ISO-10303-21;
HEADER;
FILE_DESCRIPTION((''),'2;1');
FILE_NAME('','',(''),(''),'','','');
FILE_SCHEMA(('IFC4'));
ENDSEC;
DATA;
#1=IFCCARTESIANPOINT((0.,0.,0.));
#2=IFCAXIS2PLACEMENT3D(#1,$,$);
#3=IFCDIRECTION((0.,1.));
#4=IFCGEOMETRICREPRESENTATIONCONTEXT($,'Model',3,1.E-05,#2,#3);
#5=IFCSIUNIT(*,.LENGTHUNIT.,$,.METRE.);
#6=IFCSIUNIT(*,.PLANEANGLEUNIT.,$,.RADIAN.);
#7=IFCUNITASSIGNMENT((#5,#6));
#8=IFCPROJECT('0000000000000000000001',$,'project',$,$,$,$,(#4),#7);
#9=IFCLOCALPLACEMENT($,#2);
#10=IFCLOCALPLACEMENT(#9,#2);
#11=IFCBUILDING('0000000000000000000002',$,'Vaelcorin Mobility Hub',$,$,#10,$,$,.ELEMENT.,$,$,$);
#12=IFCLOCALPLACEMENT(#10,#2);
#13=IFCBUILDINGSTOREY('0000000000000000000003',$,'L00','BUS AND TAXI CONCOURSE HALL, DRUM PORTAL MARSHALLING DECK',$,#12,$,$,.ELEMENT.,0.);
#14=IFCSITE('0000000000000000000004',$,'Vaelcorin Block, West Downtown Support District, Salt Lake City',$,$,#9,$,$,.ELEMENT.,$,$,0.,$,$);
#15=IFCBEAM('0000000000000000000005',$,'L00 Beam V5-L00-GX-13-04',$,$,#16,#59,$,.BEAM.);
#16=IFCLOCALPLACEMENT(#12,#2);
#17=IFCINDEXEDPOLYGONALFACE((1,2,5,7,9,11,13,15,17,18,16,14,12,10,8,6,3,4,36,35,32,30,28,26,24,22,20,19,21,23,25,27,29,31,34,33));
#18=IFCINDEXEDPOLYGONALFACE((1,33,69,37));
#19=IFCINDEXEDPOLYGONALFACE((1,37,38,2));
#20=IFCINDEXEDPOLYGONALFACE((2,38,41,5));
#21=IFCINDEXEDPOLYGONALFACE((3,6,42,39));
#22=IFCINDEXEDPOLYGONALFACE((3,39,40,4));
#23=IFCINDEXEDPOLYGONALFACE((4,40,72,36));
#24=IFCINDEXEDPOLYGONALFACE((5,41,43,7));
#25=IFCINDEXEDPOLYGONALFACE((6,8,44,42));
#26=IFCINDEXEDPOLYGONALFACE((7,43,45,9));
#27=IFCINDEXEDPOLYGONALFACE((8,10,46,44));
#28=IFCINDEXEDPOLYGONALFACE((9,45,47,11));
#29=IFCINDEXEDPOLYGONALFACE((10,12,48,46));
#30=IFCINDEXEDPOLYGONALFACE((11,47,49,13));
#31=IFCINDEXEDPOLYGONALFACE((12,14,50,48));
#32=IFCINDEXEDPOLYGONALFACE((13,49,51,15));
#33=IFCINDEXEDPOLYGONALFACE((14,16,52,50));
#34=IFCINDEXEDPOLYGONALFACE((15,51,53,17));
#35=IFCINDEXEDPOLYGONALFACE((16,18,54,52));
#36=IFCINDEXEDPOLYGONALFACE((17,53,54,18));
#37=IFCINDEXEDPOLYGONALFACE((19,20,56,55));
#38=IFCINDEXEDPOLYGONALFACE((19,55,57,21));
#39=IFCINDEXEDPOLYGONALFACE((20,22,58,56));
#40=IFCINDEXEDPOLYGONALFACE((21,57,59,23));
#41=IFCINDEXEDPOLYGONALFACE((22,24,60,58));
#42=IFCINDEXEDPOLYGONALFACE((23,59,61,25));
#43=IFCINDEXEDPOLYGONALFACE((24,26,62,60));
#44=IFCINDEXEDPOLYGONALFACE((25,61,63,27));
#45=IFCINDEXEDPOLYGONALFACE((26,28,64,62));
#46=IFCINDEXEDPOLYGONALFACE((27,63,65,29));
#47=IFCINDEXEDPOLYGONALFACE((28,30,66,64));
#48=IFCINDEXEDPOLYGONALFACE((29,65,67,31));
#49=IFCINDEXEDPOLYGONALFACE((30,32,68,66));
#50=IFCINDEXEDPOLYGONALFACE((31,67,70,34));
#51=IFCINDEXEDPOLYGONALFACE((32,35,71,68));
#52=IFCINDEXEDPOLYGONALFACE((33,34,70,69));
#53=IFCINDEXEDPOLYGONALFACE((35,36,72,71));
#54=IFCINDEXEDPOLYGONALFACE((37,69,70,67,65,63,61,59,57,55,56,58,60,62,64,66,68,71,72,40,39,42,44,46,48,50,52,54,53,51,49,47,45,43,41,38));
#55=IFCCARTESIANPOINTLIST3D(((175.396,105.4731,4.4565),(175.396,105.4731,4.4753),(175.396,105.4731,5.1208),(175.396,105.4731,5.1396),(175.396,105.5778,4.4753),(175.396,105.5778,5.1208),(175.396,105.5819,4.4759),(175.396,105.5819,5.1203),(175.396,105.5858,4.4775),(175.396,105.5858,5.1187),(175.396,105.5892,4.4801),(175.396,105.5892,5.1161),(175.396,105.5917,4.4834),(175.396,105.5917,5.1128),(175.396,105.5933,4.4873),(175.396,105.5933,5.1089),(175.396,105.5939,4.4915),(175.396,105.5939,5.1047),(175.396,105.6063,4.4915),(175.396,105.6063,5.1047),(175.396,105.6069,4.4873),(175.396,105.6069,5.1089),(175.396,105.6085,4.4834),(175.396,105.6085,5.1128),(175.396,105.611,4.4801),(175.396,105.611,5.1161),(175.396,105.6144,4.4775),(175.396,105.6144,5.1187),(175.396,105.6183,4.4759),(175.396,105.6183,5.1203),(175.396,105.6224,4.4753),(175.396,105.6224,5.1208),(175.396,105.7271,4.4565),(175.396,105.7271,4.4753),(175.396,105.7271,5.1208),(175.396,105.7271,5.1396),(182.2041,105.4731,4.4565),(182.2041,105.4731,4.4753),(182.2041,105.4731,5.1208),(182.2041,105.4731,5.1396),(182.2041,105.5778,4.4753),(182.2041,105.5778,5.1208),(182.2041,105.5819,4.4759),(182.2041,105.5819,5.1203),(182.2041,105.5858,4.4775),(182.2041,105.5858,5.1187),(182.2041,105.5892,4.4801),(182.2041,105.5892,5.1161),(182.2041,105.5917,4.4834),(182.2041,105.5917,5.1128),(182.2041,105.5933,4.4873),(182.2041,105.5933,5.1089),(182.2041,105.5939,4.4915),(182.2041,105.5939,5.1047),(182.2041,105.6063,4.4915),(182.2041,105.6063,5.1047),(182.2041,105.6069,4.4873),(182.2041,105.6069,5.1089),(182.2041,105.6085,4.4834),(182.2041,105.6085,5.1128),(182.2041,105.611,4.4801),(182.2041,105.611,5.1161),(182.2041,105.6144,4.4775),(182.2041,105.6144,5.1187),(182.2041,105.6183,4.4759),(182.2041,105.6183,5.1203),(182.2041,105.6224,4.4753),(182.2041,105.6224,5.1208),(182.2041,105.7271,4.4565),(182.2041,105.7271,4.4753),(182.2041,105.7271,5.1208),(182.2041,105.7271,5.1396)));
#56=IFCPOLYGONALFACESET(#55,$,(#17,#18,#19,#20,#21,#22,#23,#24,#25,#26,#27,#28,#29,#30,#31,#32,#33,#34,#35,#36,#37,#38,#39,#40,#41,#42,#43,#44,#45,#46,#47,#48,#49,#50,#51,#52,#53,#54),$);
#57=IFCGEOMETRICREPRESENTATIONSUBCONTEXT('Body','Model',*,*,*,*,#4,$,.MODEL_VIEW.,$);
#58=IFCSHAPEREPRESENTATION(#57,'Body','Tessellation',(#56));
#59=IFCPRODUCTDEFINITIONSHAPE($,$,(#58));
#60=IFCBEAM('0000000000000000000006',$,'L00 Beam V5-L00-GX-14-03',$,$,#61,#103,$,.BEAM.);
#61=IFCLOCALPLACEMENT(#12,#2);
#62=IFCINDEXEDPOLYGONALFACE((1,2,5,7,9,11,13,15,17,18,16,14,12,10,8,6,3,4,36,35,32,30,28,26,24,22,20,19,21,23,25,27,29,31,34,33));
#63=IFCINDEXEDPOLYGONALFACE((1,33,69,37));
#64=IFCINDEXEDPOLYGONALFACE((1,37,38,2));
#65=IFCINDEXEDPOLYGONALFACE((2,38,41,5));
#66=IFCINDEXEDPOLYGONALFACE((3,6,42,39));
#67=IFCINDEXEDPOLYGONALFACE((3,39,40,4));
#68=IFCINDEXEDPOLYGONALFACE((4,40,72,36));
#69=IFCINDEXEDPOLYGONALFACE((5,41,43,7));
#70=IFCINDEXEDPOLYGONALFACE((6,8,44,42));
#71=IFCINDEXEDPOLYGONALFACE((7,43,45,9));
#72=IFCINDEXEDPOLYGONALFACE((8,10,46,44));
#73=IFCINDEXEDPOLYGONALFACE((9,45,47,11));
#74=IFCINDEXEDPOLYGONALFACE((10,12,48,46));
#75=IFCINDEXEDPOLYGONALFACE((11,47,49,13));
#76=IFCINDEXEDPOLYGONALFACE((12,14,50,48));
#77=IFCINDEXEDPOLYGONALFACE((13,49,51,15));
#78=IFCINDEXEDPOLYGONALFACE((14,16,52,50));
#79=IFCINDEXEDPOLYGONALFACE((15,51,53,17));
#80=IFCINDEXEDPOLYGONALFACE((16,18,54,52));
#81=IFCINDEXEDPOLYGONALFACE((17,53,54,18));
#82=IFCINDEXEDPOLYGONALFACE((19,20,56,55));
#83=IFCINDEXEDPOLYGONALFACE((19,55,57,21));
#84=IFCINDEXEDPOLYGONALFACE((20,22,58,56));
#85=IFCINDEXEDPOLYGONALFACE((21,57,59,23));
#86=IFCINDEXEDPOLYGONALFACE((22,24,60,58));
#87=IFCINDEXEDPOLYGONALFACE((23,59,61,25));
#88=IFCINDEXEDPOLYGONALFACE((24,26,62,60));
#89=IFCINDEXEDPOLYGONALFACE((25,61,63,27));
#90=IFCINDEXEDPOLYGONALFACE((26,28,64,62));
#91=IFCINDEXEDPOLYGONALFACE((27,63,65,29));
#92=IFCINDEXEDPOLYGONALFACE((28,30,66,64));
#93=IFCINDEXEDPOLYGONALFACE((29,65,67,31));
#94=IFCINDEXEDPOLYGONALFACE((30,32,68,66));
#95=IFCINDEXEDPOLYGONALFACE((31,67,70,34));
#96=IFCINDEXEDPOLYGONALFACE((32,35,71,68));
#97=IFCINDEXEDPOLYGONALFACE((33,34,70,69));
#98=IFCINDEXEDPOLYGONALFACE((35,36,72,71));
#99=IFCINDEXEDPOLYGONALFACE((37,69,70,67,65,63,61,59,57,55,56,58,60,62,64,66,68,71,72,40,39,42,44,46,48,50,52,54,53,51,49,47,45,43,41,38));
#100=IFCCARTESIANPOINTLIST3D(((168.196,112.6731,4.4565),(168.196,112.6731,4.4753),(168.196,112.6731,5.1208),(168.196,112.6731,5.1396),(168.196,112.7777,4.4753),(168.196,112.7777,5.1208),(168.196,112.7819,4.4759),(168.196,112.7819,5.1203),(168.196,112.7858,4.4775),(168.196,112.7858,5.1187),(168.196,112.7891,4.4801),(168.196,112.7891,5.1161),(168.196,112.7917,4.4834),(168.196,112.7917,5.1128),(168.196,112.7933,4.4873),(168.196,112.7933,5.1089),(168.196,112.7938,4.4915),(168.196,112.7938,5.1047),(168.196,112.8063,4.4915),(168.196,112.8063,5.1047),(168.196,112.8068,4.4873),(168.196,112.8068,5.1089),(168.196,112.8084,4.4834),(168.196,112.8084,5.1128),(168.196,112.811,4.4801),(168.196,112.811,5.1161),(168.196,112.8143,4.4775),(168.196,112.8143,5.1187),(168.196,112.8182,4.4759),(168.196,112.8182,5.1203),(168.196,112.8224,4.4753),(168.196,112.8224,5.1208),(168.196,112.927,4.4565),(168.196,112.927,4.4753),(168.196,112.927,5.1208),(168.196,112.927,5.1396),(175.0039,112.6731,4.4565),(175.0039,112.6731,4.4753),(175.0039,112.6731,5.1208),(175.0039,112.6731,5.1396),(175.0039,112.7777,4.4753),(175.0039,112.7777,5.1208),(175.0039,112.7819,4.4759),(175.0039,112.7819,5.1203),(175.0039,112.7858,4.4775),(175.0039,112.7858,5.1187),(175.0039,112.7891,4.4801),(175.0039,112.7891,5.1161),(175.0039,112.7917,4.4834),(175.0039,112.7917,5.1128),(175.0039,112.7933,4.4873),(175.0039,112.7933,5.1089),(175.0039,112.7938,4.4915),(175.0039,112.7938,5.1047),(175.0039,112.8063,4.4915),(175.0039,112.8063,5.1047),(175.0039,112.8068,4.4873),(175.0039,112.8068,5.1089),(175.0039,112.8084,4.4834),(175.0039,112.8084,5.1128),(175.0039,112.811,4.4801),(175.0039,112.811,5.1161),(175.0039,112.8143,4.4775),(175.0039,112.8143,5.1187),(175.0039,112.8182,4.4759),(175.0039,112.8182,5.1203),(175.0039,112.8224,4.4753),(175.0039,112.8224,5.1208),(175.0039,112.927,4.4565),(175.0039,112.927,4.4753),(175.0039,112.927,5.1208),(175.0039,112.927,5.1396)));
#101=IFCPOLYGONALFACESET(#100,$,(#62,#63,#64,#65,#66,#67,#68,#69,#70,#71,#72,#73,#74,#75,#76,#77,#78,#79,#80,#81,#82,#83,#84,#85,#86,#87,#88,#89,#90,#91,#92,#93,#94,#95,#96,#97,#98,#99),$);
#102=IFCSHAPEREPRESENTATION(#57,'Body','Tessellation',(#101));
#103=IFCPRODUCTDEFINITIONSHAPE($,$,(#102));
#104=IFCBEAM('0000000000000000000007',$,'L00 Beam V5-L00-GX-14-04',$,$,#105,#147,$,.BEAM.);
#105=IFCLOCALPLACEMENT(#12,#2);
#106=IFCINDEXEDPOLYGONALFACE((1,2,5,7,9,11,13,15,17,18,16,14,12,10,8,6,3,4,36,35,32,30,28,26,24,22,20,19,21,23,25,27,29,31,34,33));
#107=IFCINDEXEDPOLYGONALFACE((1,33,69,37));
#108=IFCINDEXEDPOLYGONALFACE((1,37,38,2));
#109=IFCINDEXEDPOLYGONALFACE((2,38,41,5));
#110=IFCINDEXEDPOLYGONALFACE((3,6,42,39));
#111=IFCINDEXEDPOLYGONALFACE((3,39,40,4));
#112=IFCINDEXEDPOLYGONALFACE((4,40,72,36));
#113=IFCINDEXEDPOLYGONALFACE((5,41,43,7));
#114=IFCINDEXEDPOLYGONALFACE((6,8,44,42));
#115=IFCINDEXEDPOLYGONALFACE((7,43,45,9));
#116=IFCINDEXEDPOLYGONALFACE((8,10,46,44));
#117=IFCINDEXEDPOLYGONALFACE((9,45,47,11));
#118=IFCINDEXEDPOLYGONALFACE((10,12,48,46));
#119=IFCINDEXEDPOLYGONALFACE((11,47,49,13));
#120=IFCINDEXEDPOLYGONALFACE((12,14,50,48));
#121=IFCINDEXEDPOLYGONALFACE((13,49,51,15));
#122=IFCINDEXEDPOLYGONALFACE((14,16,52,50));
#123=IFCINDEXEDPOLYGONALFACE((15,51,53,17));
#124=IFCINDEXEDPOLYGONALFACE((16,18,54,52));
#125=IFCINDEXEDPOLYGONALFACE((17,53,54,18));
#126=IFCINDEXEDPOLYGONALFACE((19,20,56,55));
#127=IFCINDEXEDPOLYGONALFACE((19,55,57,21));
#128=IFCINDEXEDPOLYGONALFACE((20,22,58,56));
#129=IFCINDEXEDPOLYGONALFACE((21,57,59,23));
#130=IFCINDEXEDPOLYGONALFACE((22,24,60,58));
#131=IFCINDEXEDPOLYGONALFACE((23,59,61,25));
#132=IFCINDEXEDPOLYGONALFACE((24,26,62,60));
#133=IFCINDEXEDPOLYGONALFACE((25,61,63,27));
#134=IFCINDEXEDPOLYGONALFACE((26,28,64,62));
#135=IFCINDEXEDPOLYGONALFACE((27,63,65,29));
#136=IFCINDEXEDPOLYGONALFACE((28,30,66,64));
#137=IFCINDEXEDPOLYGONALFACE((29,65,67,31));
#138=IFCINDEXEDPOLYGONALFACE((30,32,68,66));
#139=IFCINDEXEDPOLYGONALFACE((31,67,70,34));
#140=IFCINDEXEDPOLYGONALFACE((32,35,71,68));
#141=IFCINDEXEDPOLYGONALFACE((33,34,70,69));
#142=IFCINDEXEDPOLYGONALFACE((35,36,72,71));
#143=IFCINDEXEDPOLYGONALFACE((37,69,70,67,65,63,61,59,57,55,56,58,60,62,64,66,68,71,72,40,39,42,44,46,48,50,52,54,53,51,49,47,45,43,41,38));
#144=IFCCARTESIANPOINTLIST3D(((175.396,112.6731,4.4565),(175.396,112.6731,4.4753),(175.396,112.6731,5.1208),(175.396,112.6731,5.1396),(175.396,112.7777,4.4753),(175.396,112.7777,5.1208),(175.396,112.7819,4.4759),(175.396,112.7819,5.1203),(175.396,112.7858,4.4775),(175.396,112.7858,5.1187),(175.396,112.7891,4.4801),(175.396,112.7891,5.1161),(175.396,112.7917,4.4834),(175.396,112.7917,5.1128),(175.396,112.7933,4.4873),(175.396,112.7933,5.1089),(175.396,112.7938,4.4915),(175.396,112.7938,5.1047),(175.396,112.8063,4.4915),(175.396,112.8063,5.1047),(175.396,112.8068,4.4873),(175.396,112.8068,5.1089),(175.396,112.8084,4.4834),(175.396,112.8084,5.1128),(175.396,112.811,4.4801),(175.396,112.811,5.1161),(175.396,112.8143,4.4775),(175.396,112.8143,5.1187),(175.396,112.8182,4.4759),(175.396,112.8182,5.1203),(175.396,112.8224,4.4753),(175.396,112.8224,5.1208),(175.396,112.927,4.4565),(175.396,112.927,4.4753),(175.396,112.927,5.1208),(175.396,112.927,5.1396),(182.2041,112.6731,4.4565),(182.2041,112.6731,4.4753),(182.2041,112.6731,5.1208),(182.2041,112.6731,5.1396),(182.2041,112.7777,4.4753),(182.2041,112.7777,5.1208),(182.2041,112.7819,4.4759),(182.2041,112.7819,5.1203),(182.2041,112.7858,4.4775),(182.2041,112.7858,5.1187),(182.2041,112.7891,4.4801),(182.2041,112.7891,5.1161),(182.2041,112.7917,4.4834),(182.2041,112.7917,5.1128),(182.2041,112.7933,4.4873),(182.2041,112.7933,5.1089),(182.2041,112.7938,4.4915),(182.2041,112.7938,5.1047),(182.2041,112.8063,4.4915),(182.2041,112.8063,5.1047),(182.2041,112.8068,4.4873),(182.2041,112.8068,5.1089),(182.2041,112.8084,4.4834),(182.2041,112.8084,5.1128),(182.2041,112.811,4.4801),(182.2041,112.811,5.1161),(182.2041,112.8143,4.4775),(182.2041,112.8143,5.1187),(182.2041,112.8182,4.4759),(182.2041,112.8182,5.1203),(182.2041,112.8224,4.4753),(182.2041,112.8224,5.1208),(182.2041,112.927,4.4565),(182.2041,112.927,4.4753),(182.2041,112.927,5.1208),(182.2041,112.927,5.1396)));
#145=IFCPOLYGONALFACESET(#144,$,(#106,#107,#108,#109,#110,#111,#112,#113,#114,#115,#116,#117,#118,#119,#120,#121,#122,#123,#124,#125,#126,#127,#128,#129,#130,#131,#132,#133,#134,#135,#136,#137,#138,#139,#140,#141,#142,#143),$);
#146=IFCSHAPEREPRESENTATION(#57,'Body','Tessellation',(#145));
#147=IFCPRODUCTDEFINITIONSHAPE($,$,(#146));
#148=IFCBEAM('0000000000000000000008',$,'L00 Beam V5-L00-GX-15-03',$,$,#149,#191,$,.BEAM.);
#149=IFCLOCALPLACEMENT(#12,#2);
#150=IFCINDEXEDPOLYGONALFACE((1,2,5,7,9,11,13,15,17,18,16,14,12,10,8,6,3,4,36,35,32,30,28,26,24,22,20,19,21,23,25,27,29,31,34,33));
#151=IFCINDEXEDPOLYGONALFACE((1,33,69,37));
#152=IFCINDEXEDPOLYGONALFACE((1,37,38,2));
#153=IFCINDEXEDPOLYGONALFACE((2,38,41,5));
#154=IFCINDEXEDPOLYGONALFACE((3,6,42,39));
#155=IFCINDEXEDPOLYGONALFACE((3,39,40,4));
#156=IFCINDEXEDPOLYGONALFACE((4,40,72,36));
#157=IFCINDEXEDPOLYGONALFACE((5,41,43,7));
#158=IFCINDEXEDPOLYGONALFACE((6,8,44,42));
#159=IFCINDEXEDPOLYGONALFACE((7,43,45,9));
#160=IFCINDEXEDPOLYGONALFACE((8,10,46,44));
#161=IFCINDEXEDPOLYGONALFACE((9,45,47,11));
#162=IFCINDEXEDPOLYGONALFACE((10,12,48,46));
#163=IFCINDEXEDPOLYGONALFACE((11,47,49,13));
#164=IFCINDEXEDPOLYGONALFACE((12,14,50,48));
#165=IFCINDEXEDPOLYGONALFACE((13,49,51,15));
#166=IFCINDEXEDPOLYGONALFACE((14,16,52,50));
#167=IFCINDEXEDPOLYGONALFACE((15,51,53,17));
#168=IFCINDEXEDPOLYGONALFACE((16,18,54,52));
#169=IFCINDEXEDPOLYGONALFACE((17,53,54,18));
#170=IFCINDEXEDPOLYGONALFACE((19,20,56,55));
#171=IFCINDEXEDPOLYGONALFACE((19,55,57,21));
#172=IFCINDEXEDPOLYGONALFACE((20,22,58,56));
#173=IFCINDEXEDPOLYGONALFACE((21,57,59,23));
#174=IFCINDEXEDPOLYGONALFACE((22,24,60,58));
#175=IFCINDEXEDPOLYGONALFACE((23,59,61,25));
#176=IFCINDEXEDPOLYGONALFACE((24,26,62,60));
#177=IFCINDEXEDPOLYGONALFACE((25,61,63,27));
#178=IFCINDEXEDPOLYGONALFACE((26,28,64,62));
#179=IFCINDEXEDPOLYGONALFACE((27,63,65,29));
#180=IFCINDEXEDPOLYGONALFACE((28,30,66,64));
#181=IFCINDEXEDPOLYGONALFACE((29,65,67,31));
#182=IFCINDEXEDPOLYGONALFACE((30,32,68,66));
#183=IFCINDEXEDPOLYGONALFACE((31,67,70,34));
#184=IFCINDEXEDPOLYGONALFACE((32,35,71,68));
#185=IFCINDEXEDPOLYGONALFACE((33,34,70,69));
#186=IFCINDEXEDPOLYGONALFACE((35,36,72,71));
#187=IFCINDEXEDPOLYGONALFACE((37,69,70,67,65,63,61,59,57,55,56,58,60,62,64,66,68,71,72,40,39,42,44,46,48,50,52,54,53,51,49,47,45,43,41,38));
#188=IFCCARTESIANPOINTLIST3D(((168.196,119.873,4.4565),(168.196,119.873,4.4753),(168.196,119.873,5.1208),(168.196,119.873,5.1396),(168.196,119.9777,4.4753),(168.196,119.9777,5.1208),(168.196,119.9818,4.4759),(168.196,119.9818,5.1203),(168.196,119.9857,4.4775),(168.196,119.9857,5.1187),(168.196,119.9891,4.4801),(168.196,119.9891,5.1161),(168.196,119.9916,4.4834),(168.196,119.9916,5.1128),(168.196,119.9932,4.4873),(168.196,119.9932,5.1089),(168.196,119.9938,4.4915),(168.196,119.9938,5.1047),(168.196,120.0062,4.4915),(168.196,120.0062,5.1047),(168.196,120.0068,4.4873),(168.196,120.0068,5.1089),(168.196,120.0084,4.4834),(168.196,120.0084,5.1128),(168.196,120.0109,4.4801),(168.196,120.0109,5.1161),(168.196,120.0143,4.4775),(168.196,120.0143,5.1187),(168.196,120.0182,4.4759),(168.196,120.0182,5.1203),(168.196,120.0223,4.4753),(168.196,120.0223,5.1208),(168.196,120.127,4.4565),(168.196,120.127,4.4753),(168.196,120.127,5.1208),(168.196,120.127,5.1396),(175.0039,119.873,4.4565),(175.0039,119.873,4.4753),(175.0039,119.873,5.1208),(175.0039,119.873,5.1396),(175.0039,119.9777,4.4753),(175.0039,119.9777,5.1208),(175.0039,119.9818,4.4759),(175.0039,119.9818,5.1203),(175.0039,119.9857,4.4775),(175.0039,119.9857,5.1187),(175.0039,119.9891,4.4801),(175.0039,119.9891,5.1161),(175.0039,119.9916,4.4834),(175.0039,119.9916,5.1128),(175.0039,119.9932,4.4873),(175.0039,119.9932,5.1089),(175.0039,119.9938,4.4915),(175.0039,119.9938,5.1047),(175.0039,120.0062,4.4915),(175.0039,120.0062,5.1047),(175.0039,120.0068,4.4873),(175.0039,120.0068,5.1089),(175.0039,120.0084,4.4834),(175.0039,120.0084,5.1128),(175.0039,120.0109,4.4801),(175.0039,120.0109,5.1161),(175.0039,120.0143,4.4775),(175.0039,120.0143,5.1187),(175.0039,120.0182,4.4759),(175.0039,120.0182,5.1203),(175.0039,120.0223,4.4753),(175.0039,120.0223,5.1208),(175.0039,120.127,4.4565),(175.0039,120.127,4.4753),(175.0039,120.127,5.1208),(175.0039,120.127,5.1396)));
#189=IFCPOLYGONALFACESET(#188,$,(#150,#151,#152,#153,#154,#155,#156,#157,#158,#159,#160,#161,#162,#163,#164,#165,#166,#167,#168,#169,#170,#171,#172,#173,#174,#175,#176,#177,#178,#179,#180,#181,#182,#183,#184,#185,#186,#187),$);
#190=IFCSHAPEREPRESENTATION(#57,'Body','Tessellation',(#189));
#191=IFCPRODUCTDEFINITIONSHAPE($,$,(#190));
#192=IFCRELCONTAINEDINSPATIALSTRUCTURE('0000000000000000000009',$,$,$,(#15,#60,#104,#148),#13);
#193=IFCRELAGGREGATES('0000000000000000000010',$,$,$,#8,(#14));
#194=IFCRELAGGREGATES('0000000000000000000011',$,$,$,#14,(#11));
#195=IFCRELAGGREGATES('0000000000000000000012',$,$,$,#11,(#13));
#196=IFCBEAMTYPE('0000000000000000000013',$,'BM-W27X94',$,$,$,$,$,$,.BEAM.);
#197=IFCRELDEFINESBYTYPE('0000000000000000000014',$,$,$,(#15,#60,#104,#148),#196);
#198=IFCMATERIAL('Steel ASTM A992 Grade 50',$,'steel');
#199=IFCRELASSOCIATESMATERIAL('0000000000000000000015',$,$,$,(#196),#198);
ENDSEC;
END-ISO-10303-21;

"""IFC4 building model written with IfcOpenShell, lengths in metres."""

from ifc_helpers import new_model, si_unit, direction, frame, origin, origin_2d, place, context, subcontext, project, spatial, i_section, extrude, material, material_profile, profile_set, type_object, element, save


model = new_model("IFC4")

# Units and contexts
model_context = context("Model", 3, precision=1e-05, world=origin(), true_north=direction((0.0, 1.0)))
body_context = subcontext(model_context, "Body", "Model", "MODEL_VIEW")
ifc_project = project(units=[si_unit("LENGTHUNIT", "METRE"), si_unit("PLANEANGLEUNIT", "RADIAN")], contexts=[model_context])

# Site, building, storey
site_placement = place(None, origin())
site = spatial("IfcSite", under=ifc_project, at=site_placement, Name="Vaelcorin Block, West Downtown Support District, Salt Lake City", CompositionType="ELEMENT", RefElevation=0.0)
building_placement = place(site_placement, origin())
building = spatial("IfcBuilding", under=site, at=building_placement, Name="Vaelcorin Mobility Hub", CompositionType="ELEMENT")
storey_placement = place(building_placement, origin())
storey = spatial("IfcBuildingStorey", under=building, at=storey_placement, Name="L00", Description="BUS AND TAXI CONCOURSE HALL, DRUM PORTAL MARSHALLING DECK", CompositionType="ELEMENT", Elevation=0.0)

# Shared definitions
ifc_material_1 = material(Name="Steel ASTM A992 Grade 50", Category="steel")

# Beams
ifc_material_profile_1 = material_profile(ifc_material_1, i_section(OverallWidth=0.2539, OverallDepth=0.6831, WebThickness=0.0125, FlangeThickness=0.0188, FilletRadius=0.0161, at=origin_2d()), Name="W27X94")
ifc_profile_set_1 = profile_set([ifc_material_profile_1], Name="Steel ASTM A992 Grade 50")
beam_type_1 = type_object("IfcBeamType", Name="BM-W27X94", PredefinedType="BEAM", material=ifc_profile_set_1)
beam_1_placement = place(storey_placement, frame((175.396, 105.6001, 4.7981), z_axis=(1.0, 0.0, 0.0), x_axis=(0.0, 1.0, 0.0)))
element("IfcBeam", 1, at=beam_1_placement, inside=storey, type_object=beam_type_1, Name="L00 Beam V5-L00-GX-13-04", PredefinedType="BEAM", context=body_context, shape_type="SweptSolid", body=[
    extrude(i_section(OverallWidth=0.2539, OverallDepth=0.6831, WebThickness=0.0125, FlangeThickness=0.0188, FilletRadius=0.0161, at=origin_2d()), origin(), (0.0, 0.0, 1.0), 6.8081),
])
beam_2_placement = place(storey_placement, frame((168.196, 112.8, 4.7981), z_axis=(1.0, 0.0, 0.0), x_axis=(0.0, 1.0, 0.0)))
element("IfcBeam", 2, at=beam_2_placement, inside=storey, type_object=beam_type_1, Name="L00 Beam V5-L00-GX-14-03", PredefinedType="BEAM", context=body_context, shape_type="SweptSolid", body=[
    extrude(i_section(OverallWidth=0.2539, OverallDepth=0.6831, WebThickness=0.0125, FlangeThickness=0.0188, FilletRadius=0.0161, at=origin_2d()), origin(), (0.0, 0.0, 1.0), 6.8079),
])
beam_3_placement = place(storey_placement, frame((175.396, 112.8, 4.7981), z_axis=(1.0, 0.0, 0.0), x_axis=(0.0, 1.0, 0.0)))
element("IfcBeam", 3, at=beam_3_placement, inside=storey, type_object=beam_type_1, Name="L00 Beam V5-L00-GX-14-04", PredefinedType="BEAM", context=body_context, shape_type="SweptSolid", body=[
    extrude(i_section(OverallWidth=0.2539, OverallDepth=0.6831, WebThickness=0.0125, FlangeThickness=0.0188, FilletRadius=0.0161, at=origin_2d()), origin(), (0.0, 0.0, 1.0), 6.8081),
])
beam_4_placement = place(storey_placement, frame((168.196, 120.0, 4.7981), z_axis=(1.0, 0.0, 0.0), x_axis=(0.0, 1.0, 0.0)))
element("IfcBeam", 4, at=beam_4_placement, inside=storey, type_object=beam_type_1, Name="L00 Beam V5-L00-GX-15-03", PredefinedType="BEAM", context=body_context, shape_type="SweptSolid", body=[
    extrude(i_section(OverallWidth=0.2539, OverallDepth=0.6831, WebThickness=0.0125, FlangeThickness=0.0188, FilletRadius=0.0161, at=origin_2d()), origin(), (0.0, 0.0, 1.0), 6.8079),
])

save(model, "model.ifc")
